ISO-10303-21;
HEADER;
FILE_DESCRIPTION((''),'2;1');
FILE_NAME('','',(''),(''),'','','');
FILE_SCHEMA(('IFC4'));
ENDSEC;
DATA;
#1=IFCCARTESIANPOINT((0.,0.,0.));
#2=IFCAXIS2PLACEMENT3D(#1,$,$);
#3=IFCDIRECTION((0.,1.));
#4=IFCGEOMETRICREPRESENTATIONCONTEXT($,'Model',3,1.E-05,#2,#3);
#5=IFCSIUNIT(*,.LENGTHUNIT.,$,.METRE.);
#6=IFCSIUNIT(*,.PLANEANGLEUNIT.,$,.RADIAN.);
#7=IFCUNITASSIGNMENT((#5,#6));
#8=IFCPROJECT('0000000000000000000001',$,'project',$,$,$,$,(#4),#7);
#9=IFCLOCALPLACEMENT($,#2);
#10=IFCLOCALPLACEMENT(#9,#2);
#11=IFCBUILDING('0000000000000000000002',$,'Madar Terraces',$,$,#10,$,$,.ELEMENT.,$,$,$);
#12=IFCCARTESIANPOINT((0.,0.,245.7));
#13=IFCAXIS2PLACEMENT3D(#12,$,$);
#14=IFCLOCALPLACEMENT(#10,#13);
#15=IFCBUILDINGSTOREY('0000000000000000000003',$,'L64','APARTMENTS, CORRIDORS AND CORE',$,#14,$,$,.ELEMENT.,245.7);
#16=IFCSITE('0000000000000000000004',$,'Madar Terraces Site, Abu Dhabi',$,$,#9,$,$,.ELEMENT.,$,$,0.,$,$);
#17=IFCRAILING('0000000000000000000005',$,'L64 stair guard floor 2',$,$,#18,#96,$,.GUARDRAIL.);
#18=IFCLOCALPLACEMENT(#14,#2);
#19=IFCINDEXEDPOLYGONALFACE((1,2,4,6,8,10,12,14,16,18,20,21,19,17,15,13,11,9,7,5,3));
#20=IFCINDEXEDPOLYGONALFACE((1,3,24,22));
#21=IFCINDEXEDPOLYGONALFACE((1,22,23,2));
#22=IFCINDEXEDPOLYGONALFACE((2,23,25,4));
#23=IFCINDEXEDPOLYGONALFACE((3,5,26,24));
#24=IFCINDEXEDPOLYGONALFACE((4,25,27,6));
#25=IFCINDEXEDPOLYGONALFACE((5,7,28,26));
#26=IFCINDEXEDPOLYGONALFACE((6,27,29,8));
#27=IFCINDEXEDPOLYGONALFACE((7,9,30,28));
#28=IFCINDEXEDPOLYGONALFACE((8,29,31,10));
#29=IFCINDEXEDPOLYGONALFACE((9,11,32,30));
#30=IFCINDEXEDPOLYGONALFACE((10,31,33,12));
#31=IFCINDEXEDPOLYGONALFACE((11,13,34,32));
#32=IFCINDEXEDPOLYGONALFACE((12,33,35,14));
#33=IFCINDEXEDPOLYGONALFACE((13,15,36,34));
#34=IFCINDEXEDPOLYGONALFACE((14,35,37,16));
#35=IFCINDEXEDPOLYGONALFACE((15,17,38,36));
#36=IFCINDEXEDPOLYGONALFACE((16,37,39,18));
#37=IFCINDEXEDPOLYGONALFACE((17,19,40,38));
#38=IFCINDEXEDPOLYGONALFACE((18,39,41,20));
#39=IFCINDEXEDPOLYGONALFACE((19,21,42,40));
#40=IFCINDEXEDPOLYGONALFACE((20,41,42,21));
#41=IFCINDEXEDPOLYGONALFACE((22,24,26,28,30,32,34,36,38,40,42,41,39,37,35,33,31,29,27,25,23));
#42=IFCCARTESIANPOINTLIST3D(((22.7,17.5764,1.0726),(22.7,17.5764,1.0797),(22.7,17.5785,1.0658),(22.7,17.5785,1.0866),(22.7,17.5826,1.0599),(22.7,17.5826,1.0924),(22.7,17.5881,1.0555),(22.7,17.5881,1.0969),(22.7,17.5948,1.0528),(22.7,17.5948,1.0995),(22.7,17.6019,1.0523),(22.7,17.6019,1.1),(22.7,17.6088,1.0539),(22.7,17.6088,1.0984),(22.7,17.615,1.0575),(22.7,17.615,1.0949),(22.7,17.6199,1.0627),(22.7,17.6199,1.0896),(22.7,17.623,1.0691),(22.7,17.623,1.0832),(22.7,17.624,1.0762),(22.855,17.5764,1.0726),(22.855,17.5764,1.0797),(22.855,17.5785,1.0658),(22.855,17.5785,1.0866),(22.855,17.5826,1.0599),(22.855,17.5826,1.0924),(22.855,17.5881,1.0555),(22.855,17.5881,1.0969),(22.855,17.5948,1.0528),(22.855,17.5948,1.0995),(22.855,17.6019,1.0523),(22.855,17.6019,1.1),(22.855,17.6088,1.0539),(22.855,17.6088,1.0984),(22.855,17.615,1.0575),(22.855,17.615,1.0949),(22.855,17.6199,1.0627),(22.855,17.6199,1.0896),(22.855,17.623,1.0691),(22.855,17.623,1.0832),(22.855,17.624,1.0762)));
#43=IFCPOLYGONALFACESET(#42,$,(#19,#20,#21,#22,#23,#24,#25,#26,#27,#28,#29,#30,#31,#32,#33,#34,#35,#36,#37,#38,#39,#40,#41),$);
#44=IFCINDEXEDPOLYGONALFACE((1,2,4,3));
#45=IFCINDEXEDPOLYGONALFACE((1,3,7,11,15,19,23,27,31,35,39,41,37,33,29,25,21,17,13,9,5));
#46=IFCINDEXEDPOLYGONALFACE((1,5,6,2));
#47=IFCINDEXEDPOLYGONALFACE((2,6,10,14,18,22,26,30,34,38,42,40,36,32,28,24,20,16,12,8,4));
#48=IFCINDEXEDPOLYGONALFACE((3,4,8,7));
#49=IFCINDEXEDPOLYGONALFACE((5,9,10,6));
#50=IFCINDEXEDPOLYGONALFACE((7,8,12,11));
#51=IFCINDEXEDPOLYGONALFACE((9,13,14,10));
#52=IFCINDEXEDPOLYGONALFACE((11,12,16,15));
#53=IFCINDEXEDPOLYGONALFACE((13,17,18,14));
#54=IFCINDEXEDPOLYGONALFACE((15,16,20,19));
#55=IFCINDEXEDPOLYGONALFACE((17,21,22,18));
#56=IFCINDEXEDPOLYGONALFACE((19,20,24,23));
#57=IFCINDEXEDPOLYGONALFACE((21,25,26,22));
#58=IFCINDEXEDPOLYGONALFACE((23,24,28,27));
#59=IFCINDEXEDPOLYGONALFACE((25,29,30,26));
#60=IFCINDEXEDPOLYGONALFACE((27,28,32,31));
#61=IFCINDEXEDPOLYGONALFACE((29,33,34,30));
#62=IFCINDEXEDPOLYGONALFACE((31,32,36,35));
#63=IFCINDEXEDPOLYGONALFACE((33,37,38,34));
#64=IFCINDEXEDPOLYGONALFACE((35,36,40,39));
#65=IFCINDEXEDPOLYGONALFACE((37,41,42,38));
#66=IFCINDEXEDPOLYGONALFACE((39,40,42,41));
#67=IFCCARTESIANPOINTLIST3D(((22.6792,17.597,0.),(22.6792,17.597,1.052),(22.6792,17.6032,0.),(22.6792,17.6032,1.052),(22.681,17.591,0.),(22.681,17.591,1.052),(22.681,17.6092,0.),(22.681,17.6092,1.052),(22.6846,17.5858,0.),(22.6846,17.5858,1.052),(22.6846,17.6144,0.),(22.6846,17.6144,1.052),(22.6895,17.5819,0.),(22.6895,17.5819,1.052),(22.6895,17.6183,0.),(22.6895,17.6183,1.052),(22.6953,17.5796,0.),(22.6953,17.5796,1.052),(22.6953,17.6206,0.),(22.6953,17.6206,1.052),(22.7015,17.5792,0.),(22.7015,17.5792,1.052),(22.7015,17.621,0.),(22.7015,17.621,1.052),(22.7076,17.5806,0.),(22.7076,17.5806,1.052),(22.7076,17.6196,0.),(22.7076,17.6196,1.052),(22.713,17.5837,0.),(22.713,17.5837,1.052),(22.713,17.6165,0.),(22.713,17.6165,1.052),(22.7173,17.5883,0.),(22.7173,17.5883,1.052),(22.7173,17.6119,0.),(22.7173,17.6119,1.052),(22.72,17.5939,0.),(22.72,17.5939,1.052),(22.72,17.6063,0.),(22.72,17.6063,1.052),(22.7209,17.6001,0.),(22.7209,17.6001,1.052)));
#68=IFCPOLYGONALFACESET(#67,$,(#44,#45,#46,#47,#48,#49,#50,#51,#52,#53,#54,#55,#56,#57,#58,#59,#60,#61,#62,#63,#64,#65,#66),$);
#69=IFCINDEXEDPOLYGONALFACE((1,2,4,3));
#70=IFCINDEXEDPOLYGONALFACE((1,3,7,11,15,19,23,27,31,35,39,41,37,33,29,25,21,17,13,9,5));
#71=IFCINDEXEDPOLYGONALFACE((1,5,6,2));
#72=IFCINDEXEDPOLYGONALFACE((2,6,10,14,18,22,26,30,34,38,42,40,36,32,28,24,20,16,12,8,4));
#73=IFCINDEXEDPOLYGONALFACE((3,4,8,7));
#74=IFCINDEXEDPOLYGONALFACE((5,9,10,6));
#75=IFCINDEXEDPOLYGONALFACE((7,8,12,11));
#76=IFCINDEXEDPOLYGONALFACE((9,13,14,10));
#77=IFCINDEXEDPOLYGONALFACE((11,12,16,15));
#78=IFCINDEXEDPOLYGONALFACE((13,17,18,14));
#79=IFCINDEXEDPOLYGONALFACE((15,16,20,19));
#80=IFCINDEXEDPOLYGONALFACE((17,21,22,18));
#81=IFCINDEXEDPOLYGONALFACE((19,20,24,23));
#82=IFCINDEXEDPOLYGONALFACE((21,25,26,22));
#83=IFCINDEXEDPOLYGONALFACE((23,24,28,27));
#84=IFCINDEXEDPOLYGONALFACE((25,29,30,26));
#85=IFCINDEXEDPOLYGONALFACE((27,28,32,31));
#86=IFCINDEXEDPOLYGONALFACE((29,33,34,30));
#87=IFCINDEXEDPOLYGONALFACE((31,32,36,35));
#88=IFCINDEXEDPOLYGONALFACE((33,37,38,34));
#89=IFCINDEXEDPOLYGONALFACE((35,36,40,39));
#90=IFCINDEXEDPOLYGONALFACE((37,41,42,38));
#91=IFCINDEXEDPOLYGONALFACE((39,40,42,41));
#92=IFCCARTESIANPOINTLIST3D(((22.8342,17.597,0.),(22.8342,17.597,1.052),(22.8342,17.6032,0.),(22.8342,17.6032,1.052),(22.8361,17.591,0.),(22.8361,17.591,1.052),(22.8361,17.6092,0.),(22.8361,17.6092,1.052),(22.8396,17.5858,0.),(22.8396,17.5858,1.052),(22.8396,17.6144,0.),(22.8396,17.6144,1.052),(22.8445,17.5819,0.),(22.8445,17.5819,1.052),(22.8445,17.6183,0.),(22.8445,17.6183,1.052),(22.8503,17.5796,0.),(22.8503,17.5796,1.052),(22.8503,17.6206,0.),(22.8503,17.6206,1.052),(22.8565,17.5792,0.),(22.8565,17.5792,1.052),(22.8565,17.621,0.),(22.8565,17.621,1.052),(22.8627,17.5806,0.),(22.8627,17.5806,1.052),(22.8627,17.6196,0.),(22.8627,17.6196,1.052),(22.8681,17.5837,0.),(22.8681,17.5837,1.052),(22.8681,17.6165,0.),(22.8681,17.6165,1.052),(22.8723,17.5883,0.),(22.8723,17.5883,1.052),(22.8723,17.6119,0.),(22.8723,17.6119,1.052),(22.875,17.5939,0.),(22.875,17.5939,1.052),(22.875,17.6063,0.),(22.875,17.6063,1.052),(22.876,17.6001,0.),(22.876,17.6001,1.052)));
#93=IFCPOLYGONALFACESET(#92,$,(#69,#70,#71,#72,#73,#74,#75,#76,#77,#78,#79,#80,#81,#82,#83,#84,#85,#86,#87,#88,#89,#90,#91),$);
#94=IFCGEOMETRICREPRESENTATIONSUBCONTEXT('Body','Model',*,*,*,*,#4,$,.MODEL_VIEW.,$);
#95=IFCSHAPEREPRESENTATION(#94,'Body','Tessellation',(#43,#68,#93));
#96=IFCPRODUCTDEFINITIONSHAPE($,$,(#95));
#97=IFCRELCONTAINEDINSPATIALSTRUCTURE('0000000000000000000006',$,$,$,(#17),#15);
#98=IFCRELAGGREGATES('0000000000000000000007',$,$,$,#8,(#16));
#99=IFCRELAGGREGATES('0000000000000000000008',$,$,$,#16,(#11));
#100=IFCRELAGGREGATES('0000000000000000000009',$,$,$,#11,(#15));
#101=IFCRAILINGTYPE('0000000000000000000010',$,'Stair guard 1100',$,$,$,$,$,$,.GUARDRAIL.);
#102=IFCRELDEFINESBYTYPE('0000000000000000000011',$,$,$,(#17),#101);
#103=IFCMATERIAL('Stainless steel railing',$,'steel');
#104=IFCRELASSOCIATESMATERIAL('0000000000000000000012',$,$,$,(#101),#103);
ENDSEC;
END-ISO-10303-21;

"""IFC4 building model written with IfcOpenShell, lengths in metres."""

from ifc_helpers import new_model, si_unit, direction, frame, origin, origin_2d, place, context, subcontext, project, spatial, circle, extrude, material, type_object, element, save


model = new_model("IFC4")

# Units and contexts
model_context = context("Model", 3, precision=1e-05, world=origin(), true_north=direction((0.0, 1.0)))
body_context = subcontext(model_context, "Body", "Model", "MODEL_VIEW")
ifc_project = project(units=[si_unit("LENGTHUNIT", "METRE"), si_unit("PLANEANGLEUNIT", "RADIAN")], contexts=[model_context])

# Site, building, storey
site_placement = place(None, origin())
site = spatial("IfcSite", under=ifc_project, at=site_placement, Name="Madar Terraces Site, Abu Dhabi", CompositionType="ELEMENT", RefElevation=0.0)
building_placement = place(site_placement, origin())
building = spatial("IfcBuilding", under=site, at=building_placement, Name="Madar Terraces", CompositionType="ELEMENT")
storey_placement = place(building_placement, frame((0.0, 0.0, 245.7)))
storey = spatial("IfcBuildingStorey", under=building, at=storey_placement, Name="L64", Description="APARTMENTS, CORRIDORS AND CORE", CompositionType="ELEMENT", Elevation=245.7)

# Railing
ifc_material_1 = material(Name="Stainless steel railing", Category="steel")
railing_type_1 = type_object("IfcRailingType", Name="Stair guard 1100", PredefinedType="GUARDRAIL", material=ifc_material_1)
for number, where, name in (
    (1, (22.7, 17.6001, 0.0), "L64 stair guard floor 2"),
):
    element("IfcRailing", number, at=place(storey_placement, frame(where)), inside=storey, type_object=railing_type_1, Name=name, PredefinedType="GUARDRAIL", context=body_context, shape_type="SweptSolid", body=[
        extrude(circle(Radius=0.0239, at=origin_2d()), frame((0.0, 0.0, 1.0762), z_axis=(1.0, 0.0, 0.0), x_axis=(0.0, 1.0, 0.0)), (0.0, 0.0, 1.0), 0.155),
        extrude(circle(Radius=0.021, at=origin_2d()), origin(), (0.0, 0.0, 1.0), 1.052),
        extrude(circle(Radius=0.021, at=origin_2d()), frame((0.155, 0.0, 0.0)), (0.0, 0.0, 1.0), 1.052),
    ])

save(model, "model.ifc")
